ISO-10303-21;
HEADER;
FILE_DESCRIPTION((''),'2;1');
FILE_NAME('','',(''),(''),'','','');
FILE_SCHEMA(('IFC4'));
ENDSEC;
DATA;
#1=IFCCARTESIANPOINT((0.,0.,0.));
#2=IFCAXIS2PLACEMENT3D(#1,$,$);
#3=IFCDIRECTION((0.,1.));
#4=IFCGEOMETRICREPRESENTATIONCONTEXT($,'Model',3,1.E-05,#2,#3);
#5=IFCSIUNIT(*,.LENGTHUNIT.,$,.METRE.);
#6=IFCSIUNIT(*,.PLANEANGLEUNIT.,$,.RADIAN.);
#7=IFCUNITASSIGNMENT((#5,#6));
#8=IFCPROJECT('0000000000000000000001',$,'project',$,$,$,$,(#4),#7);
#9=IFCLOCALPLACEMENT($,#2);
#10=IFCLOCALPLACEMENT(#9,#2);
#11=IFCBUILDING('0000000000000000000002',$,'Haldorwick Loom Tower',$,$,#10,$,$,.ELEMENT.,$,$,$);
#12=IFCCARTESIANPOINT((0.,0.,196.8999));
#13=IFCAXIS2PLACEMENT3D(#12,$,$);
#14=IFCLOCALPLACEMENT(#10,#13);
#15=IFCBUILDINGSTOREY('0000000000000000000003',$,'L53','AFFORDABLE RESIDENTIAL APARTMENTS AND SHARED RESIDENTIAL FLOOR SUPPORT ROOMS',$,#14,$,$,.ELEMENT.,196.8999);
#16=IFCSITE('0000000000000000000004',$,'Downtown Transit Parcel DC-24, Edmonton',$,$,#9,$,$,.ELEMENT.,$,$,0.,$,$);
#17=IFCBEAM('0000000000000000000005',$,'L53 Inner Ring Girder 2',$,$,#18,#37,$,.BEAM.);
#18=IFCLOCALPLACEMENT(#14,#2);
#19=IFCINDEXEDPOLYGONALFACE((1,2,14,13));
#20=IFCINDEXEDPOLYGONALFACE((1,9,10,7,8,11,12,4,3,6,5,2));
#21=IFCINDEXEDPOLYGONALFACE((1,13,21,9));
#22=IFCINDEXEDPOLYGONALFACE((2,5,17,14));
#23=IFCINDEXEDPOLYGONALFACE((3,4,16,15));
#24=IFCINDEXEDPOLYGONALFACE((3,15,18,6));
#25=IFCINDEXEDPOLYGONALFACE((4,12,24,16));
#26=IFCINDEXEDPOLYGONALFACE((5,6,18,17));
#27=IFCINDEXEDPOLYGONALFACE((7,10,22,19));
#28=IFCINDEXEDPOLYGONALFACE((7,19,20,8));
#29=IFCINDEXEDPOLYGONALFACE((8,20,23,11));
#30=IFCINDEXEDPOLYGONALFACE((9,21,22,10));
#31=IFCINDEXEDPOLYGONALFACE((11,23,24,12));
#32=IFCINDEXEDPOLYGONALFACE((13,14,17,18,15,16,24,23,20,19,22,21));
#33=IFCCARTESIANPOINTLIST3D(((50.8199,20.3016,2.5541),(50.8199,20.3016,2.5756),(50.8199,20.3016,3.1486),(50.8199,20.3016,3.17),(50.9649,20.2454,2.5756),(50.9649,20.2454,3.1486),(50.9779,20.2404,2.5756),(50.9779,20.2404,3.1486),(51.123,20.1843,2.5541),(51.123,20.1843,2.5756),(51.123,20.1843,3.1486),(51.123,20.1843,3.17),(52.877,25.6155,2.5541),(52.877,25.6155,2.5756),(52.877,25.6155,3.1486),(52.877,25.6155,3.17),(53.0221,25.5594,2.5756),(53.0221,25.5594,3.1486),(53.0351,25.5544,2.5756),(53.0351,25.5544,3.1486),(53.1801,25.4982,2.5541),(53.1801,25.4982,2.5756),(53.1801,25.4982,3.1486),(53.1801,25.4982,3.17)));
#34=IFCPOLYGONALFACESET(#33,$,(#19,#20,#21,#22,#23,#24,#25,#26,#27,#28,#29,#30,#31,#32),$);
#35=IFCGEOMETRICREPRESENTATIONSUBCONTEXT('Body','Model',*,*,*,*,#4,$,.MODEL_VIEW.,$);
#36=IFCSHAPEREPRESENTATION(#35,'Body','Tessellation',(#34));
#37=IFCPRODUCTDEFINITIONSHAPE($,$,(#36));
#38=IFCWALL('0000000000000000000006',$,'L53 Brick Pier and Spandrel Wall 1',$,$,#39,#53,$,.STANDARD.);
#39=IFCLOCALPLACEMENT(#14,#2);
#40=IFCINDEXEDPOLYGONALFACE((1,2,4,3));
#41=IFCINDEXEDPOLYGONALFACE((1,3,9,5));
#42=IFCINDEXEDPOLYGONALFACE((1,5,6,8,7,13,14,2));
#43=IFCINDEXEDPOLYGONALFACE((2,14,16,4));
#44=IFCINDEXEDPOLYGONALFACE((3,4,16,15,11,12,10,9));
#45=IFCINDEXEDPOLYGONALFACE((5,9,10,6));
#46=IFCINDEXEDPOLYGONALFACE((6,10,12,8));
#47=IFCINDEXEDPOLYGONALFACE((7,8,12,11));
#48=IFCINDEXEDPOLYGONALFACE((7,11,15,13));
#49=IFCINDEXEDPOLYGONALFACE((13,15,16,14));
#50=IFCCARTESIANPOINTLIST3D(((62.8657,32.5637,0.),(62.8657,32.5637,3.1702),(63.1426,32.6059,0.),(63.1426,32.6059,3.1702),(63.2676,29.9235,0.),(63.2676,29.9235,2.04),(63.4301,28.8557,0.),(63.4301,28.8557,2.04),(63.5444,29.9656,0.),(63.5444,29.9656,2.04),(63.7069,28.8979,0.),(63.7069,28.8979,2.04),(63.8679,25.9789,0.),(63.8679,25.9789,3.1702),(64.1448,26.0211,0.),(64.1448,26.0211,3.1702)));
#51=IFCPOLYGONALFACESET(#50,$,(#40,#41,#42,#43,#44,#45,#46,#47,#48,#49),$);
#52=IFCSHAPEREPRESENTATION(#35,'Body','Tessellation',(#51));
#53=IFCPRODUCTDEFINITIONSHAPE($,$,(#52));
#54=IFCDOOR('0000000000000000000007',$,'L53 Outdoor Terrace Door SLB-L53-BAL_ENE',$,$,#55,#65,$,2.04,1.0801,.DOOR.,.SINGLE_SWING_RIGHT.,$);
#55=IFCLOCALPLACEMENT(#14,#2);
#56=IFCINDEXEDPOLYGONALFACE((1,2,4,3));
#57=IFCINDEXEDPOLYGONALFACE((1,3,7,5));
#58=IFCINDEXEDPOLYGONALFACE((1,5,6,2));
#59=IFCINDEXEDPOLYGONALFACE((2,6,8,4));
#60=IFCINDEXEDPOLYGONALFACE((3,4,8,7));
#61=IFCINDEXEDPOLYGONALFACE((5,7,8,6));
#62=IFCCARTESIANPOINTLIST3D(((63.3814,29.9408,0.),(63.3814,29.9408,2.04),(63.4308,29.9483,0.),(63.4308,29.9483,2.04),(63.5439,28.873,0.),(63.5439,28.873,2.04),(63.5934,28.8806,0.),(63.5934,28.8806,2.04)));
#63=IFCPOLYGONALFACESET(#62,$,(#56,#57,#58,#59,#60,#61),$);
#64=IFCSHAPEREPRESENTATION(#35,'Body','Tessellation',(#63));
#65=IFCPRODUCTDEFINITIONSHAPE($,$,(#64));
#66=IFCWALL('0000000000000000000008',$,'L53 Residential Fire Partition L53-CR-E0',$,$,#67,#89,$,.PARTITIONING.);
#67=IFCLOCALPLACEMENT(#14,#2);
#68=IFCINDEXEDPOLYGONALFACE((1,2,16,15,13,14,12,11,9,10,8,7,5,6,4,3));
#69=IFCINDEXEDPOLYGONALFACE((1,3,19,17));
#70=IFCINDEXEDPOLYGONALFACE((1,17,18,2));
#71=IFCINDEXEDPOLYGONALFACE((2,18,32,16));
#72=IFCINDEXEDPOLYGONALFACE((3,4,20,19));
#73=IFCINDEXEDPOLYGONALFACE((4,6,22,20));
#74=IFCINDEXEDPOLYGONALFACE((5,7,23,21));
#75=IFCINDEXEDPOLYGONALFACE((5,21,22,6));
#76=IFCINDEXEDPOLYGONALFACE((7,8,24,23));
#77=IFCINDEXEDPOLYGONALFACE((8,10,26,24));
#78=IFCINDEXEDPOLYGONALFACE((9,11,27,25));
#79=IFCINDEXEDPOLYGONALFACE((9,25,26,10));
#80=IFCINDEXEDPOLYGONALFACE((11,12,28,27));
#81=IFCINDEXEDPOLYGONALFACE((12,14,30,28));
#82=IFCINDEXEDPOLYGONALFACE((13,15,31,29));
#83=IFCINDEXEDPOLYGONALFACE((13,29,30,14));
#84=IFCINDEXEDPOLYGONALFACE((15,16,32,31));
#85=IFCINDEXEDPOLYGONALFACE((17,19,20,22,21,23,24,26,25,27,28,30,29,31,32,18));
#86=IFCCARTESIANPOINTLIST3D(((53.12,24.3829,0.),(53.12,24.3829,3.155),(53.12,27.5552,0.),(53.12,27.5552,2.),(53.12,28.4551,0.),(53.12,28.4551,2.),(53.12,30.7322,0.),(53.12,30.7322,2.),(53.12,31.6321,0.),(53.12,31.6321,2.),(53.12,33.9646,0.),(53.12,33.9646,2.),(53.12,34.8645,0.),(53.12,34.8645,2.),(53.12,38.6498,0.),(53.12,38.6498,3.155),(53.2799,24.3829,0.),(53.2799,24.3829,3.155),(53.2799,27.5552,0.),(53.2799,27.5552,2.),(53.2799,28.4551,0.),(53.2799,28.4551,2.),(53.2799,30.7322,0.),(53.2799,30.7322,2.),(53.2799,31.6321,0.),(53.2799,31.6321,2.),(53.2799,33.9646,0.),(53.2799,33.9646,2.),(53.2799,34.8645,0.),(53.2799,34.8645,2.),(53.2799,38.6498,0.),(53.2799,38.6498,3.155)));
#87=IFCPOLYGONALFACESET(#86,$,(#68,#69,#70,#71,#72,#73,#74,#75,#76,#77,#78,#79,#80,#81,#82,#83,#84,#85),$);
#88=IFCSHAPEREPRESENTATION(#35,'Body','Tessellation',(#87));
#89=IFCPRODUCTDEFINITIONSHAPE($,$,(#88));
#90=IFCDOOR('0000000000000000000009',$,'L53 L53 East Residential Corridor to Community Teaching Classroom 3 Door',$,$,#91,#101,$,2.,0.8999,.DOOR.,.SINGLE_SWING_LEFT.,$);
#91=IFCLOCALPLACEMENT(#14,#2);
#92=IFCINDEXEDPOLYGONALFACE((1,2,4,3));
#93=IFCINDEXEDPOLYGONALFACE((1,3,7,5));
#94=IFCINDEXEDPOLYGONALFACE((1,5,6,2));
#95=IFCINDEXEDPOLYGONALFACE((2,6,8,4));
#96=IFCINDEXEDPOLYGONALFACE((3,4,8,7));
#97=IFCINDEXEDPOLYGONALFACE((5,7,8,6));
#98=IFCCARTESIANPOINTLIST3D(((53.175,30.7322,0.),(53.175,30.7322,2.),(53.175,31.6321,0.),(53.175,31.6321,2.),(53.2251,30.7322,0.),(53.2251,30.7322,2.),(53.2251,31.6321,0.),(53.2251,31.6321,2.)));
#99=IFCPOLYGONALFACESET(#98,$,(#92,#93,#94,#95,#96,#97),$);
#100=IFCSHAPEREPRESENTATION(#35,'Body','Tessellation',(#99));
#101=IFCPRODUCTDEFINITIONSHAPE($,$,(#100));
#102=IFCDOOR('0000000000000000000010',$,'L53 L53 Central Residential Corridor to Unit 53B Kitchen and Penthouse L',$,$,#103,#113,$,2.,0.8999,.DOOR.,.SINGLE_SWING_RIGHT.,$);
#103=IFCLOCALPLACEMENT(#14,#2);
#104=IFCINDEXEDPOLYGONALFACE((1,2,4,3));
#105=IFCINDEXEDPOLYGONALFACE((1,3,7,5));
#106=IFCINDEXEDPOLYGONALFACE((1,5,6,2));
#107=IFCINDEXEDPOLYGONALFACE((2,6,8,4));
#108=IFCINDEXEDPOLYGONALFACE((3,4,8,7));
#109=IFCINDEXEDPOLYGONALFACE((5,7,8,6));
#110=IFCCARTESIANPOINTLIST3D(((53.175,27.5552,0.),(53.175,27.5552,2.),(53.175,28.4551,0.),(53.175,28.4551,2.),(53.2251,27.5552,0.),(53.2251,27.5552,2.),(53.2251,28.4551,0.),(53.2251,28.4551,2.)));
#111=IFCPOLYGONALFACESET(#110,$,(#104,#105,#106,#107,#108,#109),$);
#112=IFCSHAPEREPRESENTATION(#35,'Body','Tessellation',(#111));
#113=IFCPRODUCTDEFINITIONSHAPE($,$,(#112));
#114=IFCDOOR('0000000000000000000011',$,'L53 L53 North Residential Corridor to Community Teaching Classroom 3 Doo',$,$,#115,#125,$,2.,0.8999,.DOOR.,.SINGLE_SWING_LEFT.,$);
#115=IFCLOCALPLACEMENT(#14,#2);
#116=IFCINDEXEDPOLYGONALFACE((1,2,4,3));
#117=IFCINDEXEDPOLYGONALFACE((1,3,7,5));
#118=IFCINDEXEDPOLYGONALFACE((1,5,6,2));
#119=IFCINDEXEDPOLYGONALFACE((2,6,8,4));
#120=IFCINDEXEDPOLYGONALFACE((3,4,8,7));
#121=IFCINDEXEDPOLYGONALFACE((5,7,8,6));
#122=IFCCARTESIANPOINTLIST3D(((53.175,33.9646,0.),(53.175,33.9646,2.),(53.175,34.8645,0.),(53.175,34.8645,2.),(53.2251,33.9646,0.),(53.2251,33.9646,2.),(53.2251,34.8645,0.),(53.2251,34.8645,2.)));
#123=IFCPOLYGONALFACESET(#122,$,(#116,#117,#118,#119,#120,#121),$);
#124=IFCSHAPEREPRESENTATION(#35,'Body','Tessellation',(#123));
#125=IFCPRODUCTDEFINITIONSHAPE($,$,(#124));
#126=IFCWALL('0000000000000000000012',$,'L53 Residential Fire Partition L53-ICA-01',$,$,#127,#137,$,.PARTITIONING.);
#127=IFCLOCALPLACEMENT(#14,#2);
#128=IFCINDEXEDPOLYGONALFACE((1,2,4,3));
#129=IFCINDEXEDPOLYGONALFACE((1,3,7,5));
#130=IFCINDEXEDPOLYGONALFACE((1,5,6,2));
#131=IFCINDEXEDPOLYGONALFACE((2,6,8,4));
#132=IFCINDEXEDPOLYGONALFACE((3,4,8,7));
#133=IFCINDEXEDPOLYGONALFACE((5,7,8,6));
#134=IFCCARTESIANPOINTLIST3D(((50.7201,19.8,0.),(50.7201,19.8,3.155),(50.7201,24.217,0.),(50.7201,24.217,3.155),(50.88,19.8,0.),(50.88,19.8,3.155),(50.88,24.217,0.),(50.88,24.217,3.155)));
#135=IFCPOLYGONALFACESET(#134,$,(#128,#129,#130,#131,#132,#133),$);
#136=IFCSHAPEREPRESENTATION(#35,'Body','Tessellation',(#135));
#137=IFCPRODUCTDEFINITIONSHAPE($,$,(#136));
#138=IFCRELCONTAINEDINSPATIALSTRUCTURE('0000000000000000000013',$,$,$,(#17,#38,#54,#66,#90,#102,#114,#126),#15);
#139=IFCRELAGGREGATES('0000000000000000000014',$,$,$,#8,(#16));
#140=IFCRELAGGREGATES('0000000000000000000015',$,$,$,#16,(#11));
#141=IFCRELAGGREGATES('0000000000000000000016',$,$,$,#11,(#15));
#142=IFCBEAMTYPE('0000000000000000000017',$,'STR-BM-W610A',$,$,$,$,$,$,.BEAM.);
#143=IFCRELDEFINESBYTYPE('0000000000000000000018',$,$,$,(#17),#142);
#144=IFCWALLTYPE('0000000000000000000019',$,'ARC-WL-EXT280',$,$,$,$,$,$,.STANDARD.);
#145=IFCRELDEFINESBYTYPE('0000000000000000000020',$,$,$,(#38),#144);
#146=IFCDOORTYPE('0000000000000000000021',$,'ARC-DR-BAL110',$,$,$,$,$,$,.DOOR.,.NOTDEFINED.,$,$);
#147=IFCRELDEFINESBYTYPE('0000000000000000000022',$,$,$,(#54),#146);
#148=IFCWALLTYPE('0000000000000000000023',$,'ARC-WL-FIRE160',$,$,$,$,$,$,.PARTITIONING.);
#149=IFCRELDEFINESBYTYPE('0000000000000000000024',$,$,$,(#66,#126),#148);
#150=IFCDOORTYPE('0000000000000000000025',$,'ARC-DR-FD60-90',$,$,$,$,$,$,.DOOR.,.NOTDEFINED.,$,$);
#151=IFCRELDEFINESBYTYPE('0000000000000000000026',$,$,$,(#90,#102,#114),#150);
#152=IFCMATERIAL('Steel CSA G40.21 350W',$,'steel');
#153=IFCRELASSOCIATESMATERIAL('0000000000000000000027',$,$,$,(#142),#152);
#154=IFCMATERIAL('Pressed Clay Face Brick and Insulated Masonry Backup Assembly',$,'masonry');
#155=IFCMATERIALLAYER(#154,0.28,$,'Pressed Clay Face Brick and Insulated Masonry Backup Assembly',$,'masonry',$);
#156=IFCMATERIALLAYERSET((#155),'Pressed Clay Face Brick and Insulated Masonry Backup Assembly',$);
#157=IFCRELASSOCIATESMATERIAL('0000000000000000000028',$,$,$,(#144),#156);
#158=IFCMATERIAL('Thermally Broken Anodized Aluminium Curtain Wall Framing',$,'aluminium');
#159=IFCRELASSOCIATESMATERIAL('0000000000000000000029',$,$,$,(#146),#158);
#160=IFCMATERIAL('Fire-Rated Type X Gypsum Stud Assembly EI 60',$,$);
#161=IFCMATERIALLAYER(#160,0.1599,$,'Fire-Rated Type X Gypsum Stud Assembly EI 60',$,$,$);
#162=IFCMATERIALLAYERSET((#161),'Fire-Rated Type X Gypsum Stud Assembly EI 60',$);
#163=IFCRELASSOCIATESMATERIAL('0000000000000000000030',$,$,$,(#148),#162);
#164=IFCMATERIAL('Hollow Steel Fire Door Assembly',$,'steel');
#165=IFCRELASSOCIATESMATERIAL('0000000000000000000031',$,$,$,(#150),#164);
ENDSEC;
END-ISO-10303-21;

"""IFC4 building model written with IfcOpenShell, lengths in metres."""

from ifc_helpers import new_model, si_unit, direction, frame, frame_2d, origin, origin_2d, place, context, subcontext, project, spatial, rectangle, i_section, extrude, material, layer, layer_set, material_profile, profile_set, type_object, element, fill, save


model = new_model("IFC4")

# Units and contexts
model_context = context("Model", 3, precision=1e-05, world=origin(), true_north=direction((0.0, 1.0)))
body_context = subcontext(model_context, "Body", "Model", "MODEL_VIEW")
ifc_project = project(units=[si_unit("LENGTHUNIT", "METRE"), si_unit("PLANEANGLEUNIT", "RADIAN")], contexts=[model_context])

# Site, building, storey
site_placement = place(None, origin())
site = spatial("IfcSite", under=ifc_project, at=site_placement, Name="Downtown Transit Parcel DC-24, Edmonton", CompositionType="ELEMENT", RefElevation=0.0)
building_placement = place(site_placement, origin())
building = spatial("IfcBuilding", under=site, at=building_placement, Name="Haldorwick Loom Tower", CompositionType="ELEMENT")
storey_placement = place(building_placement, frame((0.0, 0.0, 196.8999)))
storey = spatial("IfcBuildingStorey", under=building, at=storey_placement, Name="L53", Description="AFFORDABLE RESIDENTIAL APARTMENTS AND SHARED RESIDENTIAL FLOOR SUPPORT ROOMS", CompositionType="ELEMENT", Elevation=196.8999)

# Shared definitions
ifc_material_1 = material(Name="Steel CSA G40.21 350W", Category="steel")

# Beam
ifc_material_profile_1 = material_profile(ifc_material_1, i_section(OverallWidth=0.325, OverallDepth=0.616, WebThickness=0.0139, FlangeThickness=0.0215, at=origin_2d()), Name="W610X174", Category="steel")
ifc_profile_set_1 = profile_set([ifc_material_profile_1], Name="Steel CSA G40.21 350W")
beam_type_1 = type_object("IfcBeamType", Name="STR-BM-W610A", PredefinedType="BEAM", material=ifc_profile_set_1)
beam_1_placement = place(storey_placement, frame((53.0286, 25.5569, 2.8621), z_axis=(-0.361011, -0.932562, 0.0), x_axis=(0.932562, -0.361011, 0.0)))
element("IfcBeam", 1, at=beam_1_placement, inside=storey, type_object=beam_type_1, Name="L53 Inner Ring Girder 2", PredefinedType="BEAM", context=body_context, shape_type="SweptSolid", body=[
    extrude(i_section(OverallWidth=0.325, OverallDepth=0.616, WebThickness=0.0139, FlangeThickness=0.0215, at=origin_2d()), origin(), (0.0, 0.0, 1.0), 5.6982),
])

# Wall, opening, door
ifc_material_2 = material(Name="Pressed Clay Face Brick and Insulated Masonry Backup Assembly", Category="masonry")
ifc_layer_1 = layer(ifc_material_2, 0.28, Name="Pressed Clay Face Brick and Insulated Masonry Backup Assembly", Category="masonry")
ifc_layer_set_1 = layer_set([ifc_layer_1], Name="Pressed Clay Face Brick and Insulated Masonry Backup Assembly")
wall_type_1 = type_object("IfcWallType", Name="ARC-WL-EXT280", PredefinedType="STANDARD", material=ifc_layer_set_1)
wall_1_placement = place(storey_placement, frame((64.0063, 26.0, 0.0), z_axis=(0.0, 0.0, 1.0), x_axis=(-0.150468, 0.988615, 0.0)))
wall_1 = element("IfcWall", 2, at=wall_1_placement, inside=storey, type_object=wall_type_1, Name="L53 Brick Pier and Spandrel Wall 1", PredefinedType="STANDARD", context=body_context, shape_type="SweptSolid", body=[
    extrude(rectangle(XDim=6.6606, YDim=0.28, at=frame_2d((3.3303, 0.0))), origin(), (0.0, 0.0, 1.0), 3.1702),
])
opening_1_placement = place(wall_1_placement, frame((2.9099, 0.0, 0.0)))
opening_1 = element("IfcOpeningElement", 3, at=opening_1_placement, cuts=wall_1, PredefinedType="OPENING", context=body_context, shape_type="SweptSolid", body=[
    extrude(rectangle(XDim=1.0801, YDim=2.04, at=frame_2d((0.54, 1.02))), frame((0.0, 0.1499, 0.0), z_axis=(0.0, -1.0, 0.0), x_axis=(1.0, 0.0, 0.0)), (0.0, 0.0, 1.0), 0.3),
])
ifc_material_3 = material(Name="Thermally Broken Anodized Aluminium Curtain Wall Framing", Category="aluminium")
door_type_1 = type_object("IfcDoorType", Name="ARC-DR-BAL110", OperationType="NOTDEFINED", PredefinedType="DOOR", material=ifc_material_3)
door_1_placement = place(opening_1_placement, origin())
door_1 = element("IfcDoor", 4, at=door_1_placement, inside=storey, type_object=door_type_1, Name="L53 Outdoor Terrace Door SLB-L53-BAL_ENE", OperationType="SINGLE_SWING_RIGHT", OverallHeight=2.04, OverallWidth=1.0801, PredefinedType="DOOR", context=body_context, shape_type="SweptSolid", body=[
    extrude(rectangle(XDim=1.0801, YDim=2.04, at=frame_2d((0.54, 1.02))), frame((0.0, 0.0249, 0.0), z_axis=(0.0, -1.0, 0.0), x_axis=(1.0, 0.0, 0.0)), (0.0, 0.0, 1.0), 0.05),
])
fill(opening_1, door_1)

# Wall, openings, doors
ifc_material_4 = material(Name="Fire-Rated Type X Gypsum Stud Assembly EI 60")
ifc_layer_2 = layer(ifc_material_4, 0.1599, Name="Fire-Rated Type X Gypsum Stud Assembly EI 60")
ifc_layer_set_2 = layer_set([ifc_layer_2], Name="Fire-Rated Type X Gypsum Stud Assembly EI 60")
wall_type_2 = type_object("IfcWallType", Name="ARC-WL-FIRE160", PredefinedType="PARTITIONING", material=ifc_layer_set_2)
wall_2_placement = place(storey_placement, frame((53.2, 24.3831, 0.0), z_axis=(0.0, 0.0, 1.0), x_axis=(0.0, 1.0, 0.0)))
wall_2 = element("IfcWall", 5, at=wall_2_placement, inside=storey, type_object=wall_type_2, Name="L53 Residential Fire Partition L53-CR-E0", PredefinedType="PARTITIONING", context=body_context, shape_type="SweptSolid", body=[
    extrude(rectangle(XDim=14.2668, YDim=0.1599, at=frame_2d((7.1333, 0.0))), origin(), (0.0, 0.0, 1.0), 3.155),
])
opening_2_placement = place(wall_2_placement, frame((6.3491, 0.0, 0.0)))
opening_2 = element("IfcOpeningElement", 6, at=opening_2_placement, cuts=wall_2, PredefinedType="OPENING", context=body_context, shape_type="SweptSolid", body=[
    extrude(rectangle(XDim=0.8999, YDim=2.0, at=frame_2d((0.45, 1.0))), frame((0.0, 0.0898, 0.0), z_axis=(0.0, -1.0, 0.0), x_axis=(1.0, 0.0, 0.0)), (0.0, 0.0, 1.0), 0.1799),
])
opening_3_placement = place(wall_2_placement, frame((3.1721, 0.0, 0.0)))
opening_3 = element("IfcOpeningElement", 7, at=opening_3_placement, cuts=wall_2, PredefinedType="OPENING", context=body_context, shape_type="SweptSolid", body=[
    extrude(rectangle(XDim=0.8999, YDim=2.0, at=frame_2d((0.45, 1.0))), frame((0.0, 0.0898, 0.0), z_axis=(0.0, -1.0, 0.0), x_axis=(1.0, 0.0, 0.0)), (0.0, 0.0, 1.0), 0.1799),
])
opening_4_placement = place(wall_2_placement, frame((9.5815, 0.0, 0.0)))
opening_4 = element("IfcOpeningElement", 8, at=opening_4_placement, cuts=wall_2, PredefinedType="OPENING", context=body_context, shape_type="SweptSolid", body=[
    extrude(rectangle(XDim=0.8999, YDim=2.0, at=frame_2d((0.45, 1.0))), frame((0.0, 0.0898, 0.0), z_axis=(0.0, -1.0, 0.0), x_axis=(1.0, 0.0, 0.0)), (0.0, 0.0, 1.0), 0.1799),
])
ifc_material_5 = material(Name="Hollow Steel Fire Door Assembly", Category="steel")
door_type_2 = type_object("IfcDoorType", Name="ARC-DR-FD60-90", OperationType="NOTDEFINED", PredefinedType="DOOR", material=ifc_material_5)
door_2_placement = place(opening_2_placement, origin())
door_2 = element("IfcDoor", 9, at=door_2_placement, inside=storey, type_object=door_type_2, Name="L53 L53 East Residential Corridor to Community Teaching Classroom 3 Door", OperationType="SINGLE_SWING_LEFT", OverallHeight=2.0, OverallWidth=0.8999, PredefinedType="DOOR", context=body_context, shape_type="SweptSolid", body=[
    extrude(rectangle(XDim=0.8999, YDim=2.0, at=frame_2d((0.45, 1.0))), frame((0.0, 0.0249, 0.0), z_axis=(0.0, -1.0, 0.0), x_axis=(1.0, 0.0, 0.0)), (0.0, 0.0, 1.0), 0.05),
])
fill(opening_2, door_2)
door_3_placement = place(opening_3_placement, origin())
door_3 = element("IfcDoor", 10, at=door_3_placement, inside=storey, type_object=door_type_2, Name="L53 L53 Central Residential Corridor to Unit 53B Kitchen and Penthouse L", OperationType="SINGLE_SWING_RIGHT", OverallHeight=2.0, OverallWidth=0.8999, PredefinedType="DOOR", context=body_context, shape_type="SweptSolid", body=[
    extrude(rectangle(XDim=0.8999, YDim=2.0, at=frame_2d((0.45, 1.0))), frame((0.0, 0.0249, 0.0), z_axis=(0.0, -1.0, 0.0), x_axis=(1.0, 0.0, 0.0)), (0.0, 0.0, 1.0), 0.05),
])
fill(opening_3, door_3)
door_4_placement = place(opening_4_placement, origin())
door_4 = element("IfcDoor", 11, at=door_4_placement, inside=storey, type_object=door_type_2, Name="L53 L53 North Residential Corridor to Community Teaching Classroom 3 Doo", OperationType="SINGLE_SWING_LEFT", OverallHeight=2.0, OverallWidth=0.8999, PredefinedType="DOOR", context=body_context, shape_type="SweptSolid", body=[
    extrude(rectangle(XDim=0.8999, YDim=2.0, at=frame_2d((0.45, 1.0))), frame((0.0, 0.0249, 0.0), z_axis=(0.0, -1.0, 0.0), x_axis=(1.0, 0.0, 0.0)), (0.0, 0.0, 1.0), 0.05),
])
fill(opening_4, door_4)

# Wall
wall_3_placement = place(storey_placement, frame((50.8, 24.217, 0.0), z_axis=(0.0, 0.0, 1.0), x_axis=(0.0, -1.0, 0.0)))
element("IfcWall", 12, at=wall_3_placement, inside=storey, type_object=wall_type_2, Name="L53 Residential Fire Partition L53-ICA-01", PredefinedType="PARTITIONING", context=body_context, shape_type="SweptSolid", body=[
    extrude(rectangle(XDim=4.417, YDim=0.1599, at=frame_2d((2.2085, 0.0))), origin(), (0.0, 0.0, 1.0), 3.155),
])

save(model, "model.ifc")
